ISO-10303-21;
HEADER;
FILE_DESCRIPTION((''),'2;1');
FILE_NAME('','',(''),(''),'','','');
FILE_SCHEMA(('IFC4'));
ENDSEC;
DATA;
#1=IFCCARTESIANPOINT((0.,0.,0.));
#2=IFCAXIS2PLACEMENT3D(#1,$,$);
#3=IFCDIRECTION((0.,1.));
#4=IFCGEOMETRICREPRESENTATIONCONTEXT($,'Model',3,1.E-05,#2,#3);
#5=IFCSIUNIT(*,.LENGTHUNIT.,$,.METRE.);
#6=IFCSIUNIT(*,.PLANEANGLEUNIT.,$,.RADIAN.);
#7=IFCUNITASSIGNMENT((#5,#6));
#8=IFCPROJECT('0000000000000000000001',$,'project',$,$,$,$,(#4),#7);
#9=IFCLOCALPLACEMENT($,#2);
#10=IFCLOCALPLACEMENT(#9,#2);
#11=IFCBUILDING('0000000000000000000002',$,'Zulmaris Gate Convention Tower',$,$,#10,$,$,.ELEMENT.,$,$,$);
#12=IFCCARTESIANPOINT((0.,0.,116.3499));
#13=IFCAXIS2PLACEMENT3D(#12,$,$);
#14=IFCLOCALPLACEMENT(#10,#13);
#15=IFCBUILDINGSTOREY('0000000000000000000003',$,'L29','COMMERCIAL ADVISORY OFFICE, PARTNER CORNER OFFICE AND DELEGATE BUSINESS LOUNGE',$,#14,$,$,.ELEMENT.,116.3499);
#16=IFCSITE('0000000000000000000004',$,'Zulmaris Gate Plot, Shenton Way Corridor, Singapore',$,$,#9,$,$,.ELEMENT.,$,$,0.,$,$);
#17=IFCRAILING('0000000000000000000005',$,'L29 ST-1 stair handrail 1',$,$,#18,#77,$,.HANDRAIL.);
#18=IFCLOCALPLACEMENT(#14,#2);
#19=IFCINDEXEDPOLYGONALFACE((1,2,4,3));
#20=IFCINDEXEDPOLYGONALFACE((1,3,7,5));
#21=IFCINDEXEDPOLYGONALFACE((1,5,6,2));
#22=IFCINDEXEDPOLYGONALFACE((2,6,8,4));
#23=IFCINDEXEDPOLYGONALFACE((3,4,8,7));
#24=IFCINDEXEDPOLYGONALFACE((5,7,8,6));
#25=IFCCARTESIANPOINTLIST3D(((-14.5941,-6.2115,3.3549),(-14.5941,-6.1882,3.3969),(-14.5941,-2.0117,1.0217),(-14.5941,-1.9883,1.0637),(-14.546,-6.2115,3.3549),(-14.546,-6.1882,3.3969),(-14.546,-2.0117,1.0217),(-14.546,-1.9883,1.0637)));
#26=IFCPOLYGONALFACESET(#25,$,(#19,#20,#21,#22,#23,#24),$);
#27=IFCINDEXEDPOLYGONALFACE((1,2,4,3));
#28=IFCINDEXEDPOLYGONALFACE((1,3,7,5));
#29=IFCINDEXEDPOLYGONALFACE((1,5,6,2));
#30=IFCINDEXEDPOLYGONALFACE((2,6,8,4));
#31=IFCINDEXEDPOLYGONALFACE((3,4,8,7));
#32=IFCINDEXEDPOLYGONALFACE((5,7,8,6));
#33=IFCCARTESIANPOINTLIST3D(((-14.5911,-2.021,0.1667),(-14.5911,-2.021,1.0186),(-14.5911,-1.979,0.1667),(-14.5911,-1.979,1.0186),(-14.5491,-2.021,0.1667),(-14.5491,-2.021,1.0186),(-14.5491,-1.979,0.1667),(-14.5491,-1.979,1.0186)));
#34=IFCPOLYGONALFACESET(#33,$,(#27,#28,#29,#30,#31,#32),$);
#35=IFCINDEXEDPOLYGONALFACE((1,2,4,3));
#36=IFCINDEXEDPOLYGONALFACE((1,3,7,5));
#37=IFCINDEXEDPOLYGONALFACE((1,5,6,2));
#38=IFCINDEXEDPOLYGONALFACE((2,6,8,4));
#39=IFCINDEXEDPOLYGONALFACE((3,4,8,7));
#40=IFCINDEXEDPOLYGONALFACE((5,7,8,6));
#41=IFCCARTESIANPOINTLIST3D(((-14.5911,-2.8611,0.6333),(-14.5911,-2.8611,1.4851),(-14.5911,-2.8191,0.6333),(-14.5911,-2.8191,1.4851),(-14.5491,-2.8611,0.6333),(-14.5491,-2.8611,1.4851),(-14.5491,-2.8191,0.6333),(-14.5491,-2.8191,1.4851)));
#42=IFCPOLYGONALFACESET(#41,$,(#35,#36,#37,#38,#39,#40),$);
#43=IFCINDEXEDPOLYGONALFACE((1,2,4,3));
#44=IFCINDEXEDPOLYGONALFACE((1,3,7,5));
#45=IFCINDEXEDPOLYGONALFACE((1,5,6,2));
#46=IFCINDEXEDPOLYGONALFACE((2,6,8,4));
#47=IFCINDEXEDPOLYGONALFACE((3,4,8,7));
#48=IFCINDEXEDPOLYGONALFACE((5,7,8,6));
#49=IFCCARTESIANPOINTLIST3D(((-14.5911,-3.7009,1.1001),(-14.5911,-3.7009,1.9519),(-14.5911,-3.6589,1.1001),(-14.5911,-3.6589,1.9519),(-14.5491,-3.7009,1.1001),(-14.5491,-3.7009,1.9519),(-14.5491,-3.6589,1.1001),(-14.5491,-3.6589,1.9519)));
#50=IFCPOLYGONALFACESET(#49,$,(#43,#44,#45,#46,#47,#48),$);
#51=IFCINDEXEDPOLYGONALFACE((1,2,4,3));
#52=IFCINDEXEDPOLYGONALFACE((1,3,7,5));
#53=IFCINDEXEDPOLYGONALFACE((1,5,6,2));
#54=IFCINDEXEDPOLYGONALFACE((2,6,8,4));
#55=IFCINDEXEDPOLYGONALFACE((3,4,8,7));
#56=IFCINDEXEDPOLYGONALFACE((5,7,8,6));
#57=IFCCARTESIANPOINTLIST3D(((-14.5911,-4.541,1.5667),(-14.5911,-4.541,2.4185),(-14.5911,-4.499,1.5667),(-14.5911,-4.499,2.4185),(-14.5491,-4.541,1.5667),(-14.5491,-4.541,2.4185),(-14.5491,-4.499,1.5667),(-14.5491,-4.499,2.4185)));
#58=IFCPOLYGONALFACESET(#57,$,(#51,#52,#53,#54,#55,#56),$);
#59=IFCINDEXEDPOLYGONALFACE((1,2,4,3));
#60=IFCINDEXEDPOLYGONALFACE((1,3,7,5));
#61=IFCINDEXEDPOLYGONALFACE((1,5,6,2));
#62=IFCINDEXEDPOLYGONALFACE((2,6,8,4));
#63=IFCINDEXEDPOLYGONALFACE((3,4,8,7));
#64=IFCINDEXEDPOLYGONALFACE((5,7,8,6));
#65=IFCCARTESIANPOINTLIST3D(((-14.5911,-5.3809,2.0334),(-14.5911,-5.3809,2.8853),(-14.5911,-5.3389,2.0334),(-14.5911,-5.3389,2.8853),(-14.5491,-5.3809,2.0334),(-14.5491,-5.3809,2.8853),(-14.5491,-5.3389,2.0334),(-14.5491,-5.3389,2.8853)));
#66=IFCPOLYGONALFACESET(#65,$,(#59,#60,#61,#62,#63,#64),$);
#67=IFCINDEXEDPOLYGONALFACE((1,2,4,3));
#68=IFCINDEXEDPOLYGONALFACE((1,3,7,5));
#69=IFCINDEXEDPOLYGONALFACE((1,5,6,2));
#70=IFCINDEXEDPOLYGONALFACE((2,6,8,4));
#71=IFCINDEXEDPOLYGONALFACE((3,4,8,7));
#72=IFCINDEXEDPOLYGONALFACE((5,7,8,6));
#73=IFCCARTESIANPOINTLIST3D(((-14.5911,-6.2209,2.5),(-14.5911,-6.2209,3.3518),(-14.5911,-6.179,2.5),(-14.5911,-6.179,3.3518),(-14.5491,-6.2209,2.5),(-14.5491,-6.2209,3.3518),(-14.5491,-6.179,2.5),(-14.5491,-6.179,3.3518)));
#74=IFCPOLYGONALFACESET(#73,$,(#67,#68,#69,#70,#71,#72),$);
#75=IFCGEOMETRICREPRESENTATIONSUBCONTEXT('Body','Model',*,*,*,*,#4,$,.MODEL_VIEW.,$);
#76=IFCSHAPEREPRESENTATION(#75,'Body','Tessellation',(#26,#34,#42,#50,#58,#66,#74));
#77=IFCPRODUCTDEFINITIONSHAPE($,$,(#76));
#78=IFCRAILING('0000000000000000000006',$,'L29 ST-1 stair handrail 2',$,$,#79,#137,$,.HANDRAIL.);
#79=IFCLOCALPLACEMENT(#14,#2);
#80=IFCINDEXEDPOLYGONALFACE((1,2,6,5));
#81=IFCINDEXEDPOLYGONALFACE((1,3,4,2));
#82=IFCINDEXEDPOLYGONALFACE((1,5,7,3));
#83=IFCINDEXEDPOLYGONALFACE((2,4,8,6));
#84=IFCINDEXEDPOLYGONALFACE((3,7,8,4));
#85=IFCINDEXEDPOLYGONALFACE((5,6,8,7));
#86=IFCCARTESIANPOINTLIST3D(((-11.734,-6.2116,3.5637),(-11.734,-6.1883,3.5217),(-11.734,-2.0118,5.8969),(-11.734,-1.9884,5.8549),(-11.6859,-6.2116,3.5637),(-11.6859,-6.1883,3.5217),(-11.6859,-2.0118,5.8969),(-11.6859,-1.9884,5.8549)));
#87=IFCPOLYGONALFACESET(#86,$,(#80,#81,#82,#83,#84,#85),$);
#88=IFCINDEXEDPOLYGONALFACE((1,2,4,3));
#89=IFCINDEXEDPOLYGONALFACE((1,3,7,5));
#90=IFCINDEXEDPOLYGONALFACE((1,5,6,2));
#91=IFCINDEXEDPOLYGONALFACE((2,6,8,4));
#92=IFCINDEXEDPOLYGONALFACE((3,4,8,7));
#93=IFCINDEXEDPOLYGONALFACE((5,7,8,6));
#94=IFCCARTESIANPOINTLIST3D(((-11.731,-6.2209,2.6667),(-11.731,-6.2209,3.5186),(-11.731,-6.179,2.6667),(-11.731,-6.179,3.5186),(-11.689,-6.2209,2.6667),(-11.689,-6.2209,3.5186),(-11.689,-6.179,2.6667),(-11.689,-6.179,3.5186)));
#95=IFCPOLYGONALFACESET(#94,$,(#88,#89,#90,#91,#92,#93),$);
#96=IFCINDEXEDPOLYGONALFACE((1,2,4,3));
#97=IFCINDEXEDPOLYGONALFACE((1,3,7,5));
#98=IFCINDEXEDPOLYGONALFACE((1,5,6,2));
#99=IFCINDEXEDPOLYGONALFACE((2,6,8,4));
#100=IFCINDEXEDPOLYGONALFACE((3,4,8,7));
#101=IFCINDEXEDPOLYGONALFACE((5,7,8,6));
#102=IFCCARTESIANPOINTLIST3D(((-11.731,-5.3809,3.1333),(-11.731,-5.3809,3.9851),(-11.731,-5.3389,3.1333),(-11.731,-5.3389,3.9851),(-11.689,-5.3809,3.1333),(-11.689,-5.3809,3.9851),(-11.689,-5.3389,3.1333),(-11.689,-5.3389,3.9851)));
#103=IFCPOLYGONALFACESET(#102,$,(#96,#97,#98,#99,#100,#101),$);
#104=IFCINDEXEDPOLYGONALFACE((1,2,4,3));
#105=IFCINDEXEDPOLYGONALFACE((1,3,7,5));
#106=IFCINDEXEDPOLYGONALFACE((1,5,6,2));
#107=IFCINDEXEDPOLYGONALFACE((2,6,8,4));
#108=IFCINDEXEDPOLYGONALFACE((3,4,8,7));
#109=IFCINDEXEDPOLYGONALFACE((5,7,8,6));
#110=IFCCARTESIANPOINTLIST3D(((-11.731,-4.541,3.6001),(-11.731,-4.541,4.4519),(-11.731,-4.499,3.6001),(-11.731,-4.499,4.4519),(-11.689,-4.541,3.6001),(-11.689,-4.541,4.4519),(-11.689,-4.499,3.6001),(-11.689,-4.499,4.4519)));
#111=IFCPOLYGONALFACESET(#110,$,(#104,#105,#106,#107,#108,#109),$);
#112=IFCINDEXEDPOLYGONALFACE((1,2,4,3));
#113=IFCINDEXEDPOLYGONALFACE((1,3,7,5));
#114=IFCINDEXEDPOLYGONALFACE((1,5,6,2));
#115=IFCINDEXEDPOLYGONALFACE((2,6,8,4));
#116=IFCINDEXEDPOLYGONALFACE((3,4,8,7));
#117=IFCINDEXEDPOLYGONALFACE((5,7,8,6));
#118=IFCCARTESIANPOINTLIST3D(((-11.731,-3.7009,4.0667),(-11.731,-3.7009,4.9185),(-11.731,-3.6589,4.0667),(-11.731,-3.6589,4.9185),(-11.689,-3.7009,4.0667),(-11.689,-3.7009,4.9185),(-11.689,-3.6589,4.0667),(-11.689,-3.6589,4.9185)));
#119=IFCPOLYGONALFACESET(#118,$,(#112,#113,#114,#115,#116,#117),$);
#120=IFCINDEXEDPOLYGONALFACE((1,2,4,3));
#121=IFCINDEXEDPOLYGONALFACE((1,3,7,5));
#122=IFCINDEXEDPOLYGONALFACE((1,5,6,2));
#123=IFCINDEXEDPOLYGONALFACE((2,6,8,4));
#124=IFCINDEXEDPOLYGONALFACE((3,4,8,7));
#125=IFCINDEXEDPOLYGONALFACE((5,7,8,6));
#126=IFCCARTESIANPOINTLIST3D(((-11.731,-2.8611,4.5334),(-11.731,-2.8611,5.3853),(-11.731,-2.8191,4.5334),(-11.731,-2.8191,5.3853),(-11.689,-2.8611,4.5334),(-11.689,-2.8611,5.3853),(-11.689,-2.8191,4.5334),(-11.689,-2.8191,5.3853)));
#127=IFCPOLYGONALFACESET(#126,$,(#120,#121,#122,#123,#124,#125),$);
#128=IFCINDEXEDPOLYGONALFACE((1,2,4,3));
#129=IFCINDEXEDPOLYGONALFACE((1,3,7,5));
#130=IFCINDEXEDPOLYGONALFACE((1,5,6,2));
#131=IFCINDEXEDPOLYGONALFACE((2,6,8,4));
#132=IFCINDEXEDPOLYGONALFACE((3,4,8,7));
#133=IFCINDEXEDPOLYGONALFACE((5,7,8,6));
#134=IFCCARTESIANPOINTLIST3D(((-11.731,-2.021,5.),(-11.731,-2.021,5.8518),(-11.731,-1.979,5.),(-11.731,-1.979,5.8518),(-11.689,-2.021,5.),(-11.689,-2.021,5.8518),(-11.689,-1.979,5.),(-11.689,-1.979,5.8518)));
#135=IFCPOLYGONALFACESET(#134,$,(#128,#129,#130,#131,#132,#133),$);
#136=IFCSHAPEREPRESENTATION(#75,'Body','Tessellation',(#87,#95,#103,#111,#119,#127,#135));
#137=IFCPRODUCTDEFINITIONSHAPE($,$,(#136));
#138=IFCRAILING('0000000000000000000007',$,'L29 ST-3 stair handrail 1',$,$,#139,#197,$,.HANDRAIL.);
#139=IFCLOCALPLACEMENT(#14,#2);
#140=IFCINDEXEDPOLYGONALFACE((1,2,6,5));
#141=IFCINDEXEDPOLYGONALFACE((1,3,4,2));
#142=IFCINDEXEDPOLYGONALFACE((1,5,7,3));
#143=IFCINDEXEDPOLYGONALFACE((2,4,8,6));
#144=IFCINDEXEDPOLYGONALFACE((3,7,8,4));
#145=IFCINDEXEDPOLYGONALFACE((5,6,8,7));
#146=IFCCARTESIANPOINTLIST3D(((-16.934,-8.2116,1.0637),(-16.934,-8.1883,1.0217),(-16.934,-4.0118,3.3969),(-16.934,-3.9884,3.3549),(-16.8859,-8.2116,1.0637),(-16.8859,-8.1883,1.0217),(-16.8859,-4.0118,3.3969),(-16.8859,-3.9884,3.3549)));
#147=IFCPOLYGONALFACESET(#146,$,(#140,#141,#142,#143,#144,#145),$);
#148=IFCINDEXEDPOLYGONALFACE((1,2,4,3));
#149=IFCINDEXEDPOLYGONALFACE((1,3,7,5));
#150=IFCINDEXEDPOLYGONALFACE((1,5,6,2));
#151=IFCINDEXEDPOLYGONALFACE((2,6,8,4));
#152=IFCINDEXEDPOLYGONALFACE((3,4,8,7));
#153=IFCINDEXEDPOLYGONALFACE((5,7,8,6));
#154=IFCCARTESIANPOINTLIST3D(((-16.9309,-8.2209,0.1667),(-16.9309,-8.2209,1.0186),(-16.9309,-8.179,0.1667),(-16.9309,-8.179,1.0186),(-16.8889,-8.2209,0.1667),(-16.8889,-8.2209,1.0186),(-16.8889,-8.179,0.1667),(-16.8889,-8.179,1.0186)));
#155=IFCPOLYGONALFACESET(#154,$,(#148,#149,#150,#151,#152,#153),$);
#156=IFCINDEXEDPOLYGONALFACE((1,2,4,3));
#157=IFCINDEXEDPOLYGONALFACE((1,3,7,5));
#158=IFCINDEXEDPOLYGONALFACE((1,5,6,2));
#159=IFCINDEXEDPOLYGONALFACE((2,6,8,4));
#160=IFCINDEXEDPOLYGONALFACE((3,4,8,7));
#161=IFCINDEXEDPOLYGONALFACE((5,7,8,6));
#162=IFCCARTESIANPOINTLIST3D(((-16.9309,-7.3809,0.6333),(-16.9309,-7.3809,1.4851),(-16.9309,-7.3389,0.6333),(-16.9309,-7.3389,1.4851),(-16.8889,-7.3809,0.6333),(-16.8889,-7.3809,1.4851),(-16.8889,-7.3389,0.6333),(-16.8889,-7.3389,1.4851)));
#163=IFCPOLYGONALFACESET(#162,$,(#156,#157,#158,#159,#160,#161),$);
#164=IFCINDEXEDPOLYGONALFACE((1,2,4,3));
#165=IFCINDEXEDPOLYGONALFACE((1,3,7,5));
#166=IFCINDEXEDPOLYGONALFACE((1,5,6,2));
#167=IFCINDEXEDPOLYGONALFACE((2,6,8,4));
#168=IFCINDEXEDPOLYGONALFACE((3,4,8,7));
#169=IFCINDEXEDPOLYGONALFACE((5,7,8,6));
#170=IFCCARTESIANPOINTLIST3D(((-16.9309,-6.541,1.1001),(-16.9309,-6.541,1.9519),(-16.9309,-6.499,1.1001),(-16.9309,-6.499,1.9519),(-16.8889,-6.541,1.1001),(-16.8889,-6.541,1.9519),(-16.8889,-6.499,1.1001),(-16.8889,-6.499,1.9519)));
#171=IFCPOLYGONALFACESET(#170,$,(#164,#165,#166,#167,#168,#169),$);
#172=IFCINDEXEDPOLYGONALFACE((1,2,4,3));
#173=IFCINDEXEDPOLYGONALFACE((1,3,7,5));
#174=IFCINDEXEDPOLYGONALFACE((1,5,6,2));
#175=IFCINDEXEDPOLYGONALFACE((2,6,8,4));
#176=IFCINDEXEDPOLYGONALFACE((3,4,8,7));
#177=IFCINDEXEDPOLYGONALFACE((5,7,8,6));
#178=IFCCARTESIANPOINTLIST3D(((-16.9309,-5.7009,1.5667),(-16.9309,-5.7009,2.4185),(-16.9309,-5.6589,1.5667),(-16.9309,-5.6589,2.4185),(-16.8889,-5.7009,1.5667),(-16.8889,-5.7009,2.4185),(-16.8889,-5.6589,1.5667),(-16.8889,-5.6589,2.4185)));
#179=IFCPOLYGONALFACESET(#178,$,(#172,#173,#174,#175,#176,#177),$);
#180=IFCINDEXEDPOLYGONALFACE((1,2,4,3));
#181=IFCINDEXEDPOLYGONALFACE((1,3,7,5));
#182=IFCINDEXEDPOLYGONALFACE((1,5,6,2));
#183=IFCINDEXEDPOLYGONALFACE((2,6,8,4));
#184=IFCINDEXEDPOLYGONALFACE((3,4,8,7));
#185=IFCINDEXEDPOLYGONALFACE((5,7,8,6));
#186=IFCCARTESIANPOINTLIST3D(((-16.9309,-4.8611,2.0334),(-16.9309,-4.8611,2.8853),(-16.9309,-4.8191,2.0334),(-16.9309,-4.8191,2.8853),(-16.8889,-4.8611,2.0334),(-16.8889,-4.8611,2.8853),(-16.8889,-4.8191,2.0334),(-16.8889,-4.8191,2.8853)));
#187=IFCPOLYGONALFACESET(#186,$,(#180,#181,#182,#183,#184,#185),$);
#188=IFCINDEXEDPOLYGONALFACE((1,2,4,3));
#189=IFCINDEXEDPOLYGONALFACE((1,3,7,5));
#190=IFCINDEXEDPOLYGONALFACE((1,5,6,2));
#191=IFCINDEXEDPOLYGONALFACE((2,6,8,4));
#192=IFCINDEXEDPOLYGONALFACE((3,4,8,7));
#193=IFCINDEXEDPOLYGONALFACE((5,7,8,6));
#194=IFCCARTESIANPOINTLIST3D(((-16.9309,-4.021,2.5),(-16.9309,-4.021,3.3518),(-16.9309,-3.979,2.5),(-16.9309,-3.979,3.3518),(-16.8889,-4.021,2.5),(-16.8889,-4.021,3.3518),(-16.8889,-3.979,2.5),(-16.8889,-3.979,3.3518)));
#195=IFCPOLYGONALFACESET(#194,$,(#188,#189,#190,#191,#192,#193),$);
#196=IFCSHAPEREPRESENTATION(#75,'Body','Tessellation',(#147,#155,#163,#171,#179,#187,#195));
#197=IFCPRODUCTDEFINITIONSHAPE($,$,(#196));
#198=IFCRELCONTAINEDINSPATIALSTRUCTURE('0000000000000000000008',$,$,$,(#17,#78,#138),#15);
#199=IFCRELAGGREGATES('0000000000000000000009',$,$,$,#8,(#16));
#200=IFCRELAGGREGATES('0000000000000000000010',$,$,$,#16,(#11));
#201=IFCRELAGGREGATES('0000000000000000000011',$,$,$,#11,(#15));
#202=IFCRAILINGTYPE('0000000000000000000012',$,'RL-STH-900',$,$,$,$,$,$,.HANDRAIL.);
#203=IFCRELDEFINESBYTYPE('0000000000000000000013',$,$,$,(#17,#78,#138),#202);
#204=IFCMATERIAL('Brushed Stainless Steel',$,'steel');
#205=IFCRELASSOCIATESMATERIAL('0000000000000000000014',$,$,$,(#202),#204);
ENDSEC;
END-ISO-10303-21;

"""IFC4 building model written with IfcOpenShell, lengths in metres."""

from ifc_helpers import new_model, si_unit, direction, frame, origin, origin_2d, place, context, subcontext, project, spatial, rectangle, extrude, material, type_object, element, save


model = new_model("IFC4")

# Units and contexts
model_context = context("Model", 3, precision=1e-05, world=origin(), true_north=direction((0.0, 1.0)))
body_context = subcontext(model_context, "Body", "Model", "MODEL_VIEW")
ifc_project = project(units=[si_unit("LENGTHUNIT", "METRE"), si_unit("PLANEANGLEUNIT", "RADIAN")], contexts=[model_context])

# Site, building, storey
site_placement = place(None, origin())
site = spatial("IfcSite", under=ifc_project, at=site_placement, Name="Zulmaris Gate Plot, Shenton Way Corridor, Singapore", CompositionType="ELEMENT", RefElevation=0.0)
building_placement = place(site_placement, origin())
building = spatial("IfcBuilding", under=site, at=building_placement, Name="Zulmaris Gate Convention Tower", CompositionType="ELEMENT")
storey_placement = place(building_placement, frame((0.0, 0.0, 116.3499)))
storey = spatial("IfcBuildingStorey", under=building, at=storey_placement, Name="L29", Description="COMMERCIAL ADVISORY OFFICE, PARTNER CORNER OFFICE AND DELEGATE BUSINESS LOUNGE", CompositionType="ELEMENT", Elevation=116.3499)

# Railings
ifc_material_1 = material(Name="Brushed Stainless Steel", Category="steel")
railing_type_1 = type_object("IfcRailingType", Name="RL-STH-900", PredefinedType="HANDRAIL", material=ifc_material_1)
railing_1_placement = place(storey_placement, frame((-14.5701, -2.0, 0.1667)))
element("IfcRailing", 1, at=railing_1_placement, inside=storey, type_object=railing_type_1, Name="L29 ST-1 stair handrail 1", PredefinedType="HANDRAIL", context=body_context, shape_type="SweptSolid", body=[
    extrude(rectangle(XDim=0.0481, YDim=0.0481, at=origin_2d()), frame((0.0, 0.0, 0.876), z_axis=(0.0, -0.874162, 0.485634), x_axis=(1.0, 0.0, 0.0)), (0.0, 0.0, 1.0), 4.8044),
    extrude(rectangle(XDim=0.042, YDim=0.042, at=origin_2d()), origin(), (0.0, 0.0, 1.0), 0.8518),
    extrude(rectangle(XDim=0.042, YDim=0.042, at=origin_2d()), frame((0.0, -0.8401, 0.4666)), (0.0, 0.0, 1.0), 0.8518),
    extrude(rectangle(XDim=0.042, YDim=0.042, at=origin_2d()), frame((0.0, -1.6799, 0.9333)), (0.0, 0.0, 1.0), 0.8518),
    extrude(rectangle(XDim=0.042, YDim=0.042, at=origin_2d()), frame((0.0, -2.52, 1.3999)), (0.0, 0.0, 1.0), 0.8518),
    extrude(rectangle(XDim=0.042, YDim=0.042, at=origin_2d()), frame((0.0, -3.3599, 1.8667)), (0.0, 0.0, 1.0), 0.8518),
    extrude(rectangle(XDim=0.042, YDim=0.042, at=origin_2d()), frame((0.0, -4.2, 2.3333)), (0.0, 0.0, 1.0), 0.8518),
])
for number, where, name in (
    (2, (-11.71, -6.2, 2.6667), "L29 ST-1 stair handrail 2"),
    (3, (-16.9099, -8.2, 0.1667), "L29 ST-3 stair handrail 1"),
):
    element("IfcRailing", number, at=place(storey_placement, frame(where)), inside=storey, type_object=railing_type_1, Name=name, PredefinedType="HANDRAIL", context=body_context, shape_type="SweptSolid", body=[
        extrude(rectangle(XDim=0.0481, YDim=0.0481, at=origin_2d()), frame((0.0, 0.0, 0.876), z_axis=(0.0, 0.874162, 0.485634), x_axis=(-1.0, 0.0, 0.0)), (0.0, 0.0, 1.0), 4.8044),
        extrude(rectangle(XDim=0.042, YDim=0.042, at=origin_2d()), origin(), (0.0, 0.0, 1.0), 0.8518),
        extrude(rectangle(XDim=0.042, YDim=0.042, at=origin_2d()), frame((0.0, 0.8401, 0.4666)), (0.0, 0.0, 1.0), 0.8518),
        extrude(rectangle(XDim=0.042, YDim=0.042, at=origin_2d()), frame((0.0, 1.6799, 0.9333)), (0.0, 0.0, 1.0), 0.8518),
        extrude(rectangle(XDim=0.042, YDim=0.042, at=origin_2d()), frame((0.0, 2.52, 1.3999)), (0.0, 0.0, 1.0), 0.8518),
        extrude(rectangle(XDim=0.042, YDim=0.042, at=origin_2d()), frame((0.0, 3.3599, 1.8667)), (0.0, 0.0, 1.0), 0.8518),
        extrude(rectangle(XDim=0.042, YDim=0.042, at=origin_2d()), frame((0.0, 4.2, 2.3333)), (0.0, 0.0, 1.0), 0.8518),
    ])

save(model, "model.ifc")
